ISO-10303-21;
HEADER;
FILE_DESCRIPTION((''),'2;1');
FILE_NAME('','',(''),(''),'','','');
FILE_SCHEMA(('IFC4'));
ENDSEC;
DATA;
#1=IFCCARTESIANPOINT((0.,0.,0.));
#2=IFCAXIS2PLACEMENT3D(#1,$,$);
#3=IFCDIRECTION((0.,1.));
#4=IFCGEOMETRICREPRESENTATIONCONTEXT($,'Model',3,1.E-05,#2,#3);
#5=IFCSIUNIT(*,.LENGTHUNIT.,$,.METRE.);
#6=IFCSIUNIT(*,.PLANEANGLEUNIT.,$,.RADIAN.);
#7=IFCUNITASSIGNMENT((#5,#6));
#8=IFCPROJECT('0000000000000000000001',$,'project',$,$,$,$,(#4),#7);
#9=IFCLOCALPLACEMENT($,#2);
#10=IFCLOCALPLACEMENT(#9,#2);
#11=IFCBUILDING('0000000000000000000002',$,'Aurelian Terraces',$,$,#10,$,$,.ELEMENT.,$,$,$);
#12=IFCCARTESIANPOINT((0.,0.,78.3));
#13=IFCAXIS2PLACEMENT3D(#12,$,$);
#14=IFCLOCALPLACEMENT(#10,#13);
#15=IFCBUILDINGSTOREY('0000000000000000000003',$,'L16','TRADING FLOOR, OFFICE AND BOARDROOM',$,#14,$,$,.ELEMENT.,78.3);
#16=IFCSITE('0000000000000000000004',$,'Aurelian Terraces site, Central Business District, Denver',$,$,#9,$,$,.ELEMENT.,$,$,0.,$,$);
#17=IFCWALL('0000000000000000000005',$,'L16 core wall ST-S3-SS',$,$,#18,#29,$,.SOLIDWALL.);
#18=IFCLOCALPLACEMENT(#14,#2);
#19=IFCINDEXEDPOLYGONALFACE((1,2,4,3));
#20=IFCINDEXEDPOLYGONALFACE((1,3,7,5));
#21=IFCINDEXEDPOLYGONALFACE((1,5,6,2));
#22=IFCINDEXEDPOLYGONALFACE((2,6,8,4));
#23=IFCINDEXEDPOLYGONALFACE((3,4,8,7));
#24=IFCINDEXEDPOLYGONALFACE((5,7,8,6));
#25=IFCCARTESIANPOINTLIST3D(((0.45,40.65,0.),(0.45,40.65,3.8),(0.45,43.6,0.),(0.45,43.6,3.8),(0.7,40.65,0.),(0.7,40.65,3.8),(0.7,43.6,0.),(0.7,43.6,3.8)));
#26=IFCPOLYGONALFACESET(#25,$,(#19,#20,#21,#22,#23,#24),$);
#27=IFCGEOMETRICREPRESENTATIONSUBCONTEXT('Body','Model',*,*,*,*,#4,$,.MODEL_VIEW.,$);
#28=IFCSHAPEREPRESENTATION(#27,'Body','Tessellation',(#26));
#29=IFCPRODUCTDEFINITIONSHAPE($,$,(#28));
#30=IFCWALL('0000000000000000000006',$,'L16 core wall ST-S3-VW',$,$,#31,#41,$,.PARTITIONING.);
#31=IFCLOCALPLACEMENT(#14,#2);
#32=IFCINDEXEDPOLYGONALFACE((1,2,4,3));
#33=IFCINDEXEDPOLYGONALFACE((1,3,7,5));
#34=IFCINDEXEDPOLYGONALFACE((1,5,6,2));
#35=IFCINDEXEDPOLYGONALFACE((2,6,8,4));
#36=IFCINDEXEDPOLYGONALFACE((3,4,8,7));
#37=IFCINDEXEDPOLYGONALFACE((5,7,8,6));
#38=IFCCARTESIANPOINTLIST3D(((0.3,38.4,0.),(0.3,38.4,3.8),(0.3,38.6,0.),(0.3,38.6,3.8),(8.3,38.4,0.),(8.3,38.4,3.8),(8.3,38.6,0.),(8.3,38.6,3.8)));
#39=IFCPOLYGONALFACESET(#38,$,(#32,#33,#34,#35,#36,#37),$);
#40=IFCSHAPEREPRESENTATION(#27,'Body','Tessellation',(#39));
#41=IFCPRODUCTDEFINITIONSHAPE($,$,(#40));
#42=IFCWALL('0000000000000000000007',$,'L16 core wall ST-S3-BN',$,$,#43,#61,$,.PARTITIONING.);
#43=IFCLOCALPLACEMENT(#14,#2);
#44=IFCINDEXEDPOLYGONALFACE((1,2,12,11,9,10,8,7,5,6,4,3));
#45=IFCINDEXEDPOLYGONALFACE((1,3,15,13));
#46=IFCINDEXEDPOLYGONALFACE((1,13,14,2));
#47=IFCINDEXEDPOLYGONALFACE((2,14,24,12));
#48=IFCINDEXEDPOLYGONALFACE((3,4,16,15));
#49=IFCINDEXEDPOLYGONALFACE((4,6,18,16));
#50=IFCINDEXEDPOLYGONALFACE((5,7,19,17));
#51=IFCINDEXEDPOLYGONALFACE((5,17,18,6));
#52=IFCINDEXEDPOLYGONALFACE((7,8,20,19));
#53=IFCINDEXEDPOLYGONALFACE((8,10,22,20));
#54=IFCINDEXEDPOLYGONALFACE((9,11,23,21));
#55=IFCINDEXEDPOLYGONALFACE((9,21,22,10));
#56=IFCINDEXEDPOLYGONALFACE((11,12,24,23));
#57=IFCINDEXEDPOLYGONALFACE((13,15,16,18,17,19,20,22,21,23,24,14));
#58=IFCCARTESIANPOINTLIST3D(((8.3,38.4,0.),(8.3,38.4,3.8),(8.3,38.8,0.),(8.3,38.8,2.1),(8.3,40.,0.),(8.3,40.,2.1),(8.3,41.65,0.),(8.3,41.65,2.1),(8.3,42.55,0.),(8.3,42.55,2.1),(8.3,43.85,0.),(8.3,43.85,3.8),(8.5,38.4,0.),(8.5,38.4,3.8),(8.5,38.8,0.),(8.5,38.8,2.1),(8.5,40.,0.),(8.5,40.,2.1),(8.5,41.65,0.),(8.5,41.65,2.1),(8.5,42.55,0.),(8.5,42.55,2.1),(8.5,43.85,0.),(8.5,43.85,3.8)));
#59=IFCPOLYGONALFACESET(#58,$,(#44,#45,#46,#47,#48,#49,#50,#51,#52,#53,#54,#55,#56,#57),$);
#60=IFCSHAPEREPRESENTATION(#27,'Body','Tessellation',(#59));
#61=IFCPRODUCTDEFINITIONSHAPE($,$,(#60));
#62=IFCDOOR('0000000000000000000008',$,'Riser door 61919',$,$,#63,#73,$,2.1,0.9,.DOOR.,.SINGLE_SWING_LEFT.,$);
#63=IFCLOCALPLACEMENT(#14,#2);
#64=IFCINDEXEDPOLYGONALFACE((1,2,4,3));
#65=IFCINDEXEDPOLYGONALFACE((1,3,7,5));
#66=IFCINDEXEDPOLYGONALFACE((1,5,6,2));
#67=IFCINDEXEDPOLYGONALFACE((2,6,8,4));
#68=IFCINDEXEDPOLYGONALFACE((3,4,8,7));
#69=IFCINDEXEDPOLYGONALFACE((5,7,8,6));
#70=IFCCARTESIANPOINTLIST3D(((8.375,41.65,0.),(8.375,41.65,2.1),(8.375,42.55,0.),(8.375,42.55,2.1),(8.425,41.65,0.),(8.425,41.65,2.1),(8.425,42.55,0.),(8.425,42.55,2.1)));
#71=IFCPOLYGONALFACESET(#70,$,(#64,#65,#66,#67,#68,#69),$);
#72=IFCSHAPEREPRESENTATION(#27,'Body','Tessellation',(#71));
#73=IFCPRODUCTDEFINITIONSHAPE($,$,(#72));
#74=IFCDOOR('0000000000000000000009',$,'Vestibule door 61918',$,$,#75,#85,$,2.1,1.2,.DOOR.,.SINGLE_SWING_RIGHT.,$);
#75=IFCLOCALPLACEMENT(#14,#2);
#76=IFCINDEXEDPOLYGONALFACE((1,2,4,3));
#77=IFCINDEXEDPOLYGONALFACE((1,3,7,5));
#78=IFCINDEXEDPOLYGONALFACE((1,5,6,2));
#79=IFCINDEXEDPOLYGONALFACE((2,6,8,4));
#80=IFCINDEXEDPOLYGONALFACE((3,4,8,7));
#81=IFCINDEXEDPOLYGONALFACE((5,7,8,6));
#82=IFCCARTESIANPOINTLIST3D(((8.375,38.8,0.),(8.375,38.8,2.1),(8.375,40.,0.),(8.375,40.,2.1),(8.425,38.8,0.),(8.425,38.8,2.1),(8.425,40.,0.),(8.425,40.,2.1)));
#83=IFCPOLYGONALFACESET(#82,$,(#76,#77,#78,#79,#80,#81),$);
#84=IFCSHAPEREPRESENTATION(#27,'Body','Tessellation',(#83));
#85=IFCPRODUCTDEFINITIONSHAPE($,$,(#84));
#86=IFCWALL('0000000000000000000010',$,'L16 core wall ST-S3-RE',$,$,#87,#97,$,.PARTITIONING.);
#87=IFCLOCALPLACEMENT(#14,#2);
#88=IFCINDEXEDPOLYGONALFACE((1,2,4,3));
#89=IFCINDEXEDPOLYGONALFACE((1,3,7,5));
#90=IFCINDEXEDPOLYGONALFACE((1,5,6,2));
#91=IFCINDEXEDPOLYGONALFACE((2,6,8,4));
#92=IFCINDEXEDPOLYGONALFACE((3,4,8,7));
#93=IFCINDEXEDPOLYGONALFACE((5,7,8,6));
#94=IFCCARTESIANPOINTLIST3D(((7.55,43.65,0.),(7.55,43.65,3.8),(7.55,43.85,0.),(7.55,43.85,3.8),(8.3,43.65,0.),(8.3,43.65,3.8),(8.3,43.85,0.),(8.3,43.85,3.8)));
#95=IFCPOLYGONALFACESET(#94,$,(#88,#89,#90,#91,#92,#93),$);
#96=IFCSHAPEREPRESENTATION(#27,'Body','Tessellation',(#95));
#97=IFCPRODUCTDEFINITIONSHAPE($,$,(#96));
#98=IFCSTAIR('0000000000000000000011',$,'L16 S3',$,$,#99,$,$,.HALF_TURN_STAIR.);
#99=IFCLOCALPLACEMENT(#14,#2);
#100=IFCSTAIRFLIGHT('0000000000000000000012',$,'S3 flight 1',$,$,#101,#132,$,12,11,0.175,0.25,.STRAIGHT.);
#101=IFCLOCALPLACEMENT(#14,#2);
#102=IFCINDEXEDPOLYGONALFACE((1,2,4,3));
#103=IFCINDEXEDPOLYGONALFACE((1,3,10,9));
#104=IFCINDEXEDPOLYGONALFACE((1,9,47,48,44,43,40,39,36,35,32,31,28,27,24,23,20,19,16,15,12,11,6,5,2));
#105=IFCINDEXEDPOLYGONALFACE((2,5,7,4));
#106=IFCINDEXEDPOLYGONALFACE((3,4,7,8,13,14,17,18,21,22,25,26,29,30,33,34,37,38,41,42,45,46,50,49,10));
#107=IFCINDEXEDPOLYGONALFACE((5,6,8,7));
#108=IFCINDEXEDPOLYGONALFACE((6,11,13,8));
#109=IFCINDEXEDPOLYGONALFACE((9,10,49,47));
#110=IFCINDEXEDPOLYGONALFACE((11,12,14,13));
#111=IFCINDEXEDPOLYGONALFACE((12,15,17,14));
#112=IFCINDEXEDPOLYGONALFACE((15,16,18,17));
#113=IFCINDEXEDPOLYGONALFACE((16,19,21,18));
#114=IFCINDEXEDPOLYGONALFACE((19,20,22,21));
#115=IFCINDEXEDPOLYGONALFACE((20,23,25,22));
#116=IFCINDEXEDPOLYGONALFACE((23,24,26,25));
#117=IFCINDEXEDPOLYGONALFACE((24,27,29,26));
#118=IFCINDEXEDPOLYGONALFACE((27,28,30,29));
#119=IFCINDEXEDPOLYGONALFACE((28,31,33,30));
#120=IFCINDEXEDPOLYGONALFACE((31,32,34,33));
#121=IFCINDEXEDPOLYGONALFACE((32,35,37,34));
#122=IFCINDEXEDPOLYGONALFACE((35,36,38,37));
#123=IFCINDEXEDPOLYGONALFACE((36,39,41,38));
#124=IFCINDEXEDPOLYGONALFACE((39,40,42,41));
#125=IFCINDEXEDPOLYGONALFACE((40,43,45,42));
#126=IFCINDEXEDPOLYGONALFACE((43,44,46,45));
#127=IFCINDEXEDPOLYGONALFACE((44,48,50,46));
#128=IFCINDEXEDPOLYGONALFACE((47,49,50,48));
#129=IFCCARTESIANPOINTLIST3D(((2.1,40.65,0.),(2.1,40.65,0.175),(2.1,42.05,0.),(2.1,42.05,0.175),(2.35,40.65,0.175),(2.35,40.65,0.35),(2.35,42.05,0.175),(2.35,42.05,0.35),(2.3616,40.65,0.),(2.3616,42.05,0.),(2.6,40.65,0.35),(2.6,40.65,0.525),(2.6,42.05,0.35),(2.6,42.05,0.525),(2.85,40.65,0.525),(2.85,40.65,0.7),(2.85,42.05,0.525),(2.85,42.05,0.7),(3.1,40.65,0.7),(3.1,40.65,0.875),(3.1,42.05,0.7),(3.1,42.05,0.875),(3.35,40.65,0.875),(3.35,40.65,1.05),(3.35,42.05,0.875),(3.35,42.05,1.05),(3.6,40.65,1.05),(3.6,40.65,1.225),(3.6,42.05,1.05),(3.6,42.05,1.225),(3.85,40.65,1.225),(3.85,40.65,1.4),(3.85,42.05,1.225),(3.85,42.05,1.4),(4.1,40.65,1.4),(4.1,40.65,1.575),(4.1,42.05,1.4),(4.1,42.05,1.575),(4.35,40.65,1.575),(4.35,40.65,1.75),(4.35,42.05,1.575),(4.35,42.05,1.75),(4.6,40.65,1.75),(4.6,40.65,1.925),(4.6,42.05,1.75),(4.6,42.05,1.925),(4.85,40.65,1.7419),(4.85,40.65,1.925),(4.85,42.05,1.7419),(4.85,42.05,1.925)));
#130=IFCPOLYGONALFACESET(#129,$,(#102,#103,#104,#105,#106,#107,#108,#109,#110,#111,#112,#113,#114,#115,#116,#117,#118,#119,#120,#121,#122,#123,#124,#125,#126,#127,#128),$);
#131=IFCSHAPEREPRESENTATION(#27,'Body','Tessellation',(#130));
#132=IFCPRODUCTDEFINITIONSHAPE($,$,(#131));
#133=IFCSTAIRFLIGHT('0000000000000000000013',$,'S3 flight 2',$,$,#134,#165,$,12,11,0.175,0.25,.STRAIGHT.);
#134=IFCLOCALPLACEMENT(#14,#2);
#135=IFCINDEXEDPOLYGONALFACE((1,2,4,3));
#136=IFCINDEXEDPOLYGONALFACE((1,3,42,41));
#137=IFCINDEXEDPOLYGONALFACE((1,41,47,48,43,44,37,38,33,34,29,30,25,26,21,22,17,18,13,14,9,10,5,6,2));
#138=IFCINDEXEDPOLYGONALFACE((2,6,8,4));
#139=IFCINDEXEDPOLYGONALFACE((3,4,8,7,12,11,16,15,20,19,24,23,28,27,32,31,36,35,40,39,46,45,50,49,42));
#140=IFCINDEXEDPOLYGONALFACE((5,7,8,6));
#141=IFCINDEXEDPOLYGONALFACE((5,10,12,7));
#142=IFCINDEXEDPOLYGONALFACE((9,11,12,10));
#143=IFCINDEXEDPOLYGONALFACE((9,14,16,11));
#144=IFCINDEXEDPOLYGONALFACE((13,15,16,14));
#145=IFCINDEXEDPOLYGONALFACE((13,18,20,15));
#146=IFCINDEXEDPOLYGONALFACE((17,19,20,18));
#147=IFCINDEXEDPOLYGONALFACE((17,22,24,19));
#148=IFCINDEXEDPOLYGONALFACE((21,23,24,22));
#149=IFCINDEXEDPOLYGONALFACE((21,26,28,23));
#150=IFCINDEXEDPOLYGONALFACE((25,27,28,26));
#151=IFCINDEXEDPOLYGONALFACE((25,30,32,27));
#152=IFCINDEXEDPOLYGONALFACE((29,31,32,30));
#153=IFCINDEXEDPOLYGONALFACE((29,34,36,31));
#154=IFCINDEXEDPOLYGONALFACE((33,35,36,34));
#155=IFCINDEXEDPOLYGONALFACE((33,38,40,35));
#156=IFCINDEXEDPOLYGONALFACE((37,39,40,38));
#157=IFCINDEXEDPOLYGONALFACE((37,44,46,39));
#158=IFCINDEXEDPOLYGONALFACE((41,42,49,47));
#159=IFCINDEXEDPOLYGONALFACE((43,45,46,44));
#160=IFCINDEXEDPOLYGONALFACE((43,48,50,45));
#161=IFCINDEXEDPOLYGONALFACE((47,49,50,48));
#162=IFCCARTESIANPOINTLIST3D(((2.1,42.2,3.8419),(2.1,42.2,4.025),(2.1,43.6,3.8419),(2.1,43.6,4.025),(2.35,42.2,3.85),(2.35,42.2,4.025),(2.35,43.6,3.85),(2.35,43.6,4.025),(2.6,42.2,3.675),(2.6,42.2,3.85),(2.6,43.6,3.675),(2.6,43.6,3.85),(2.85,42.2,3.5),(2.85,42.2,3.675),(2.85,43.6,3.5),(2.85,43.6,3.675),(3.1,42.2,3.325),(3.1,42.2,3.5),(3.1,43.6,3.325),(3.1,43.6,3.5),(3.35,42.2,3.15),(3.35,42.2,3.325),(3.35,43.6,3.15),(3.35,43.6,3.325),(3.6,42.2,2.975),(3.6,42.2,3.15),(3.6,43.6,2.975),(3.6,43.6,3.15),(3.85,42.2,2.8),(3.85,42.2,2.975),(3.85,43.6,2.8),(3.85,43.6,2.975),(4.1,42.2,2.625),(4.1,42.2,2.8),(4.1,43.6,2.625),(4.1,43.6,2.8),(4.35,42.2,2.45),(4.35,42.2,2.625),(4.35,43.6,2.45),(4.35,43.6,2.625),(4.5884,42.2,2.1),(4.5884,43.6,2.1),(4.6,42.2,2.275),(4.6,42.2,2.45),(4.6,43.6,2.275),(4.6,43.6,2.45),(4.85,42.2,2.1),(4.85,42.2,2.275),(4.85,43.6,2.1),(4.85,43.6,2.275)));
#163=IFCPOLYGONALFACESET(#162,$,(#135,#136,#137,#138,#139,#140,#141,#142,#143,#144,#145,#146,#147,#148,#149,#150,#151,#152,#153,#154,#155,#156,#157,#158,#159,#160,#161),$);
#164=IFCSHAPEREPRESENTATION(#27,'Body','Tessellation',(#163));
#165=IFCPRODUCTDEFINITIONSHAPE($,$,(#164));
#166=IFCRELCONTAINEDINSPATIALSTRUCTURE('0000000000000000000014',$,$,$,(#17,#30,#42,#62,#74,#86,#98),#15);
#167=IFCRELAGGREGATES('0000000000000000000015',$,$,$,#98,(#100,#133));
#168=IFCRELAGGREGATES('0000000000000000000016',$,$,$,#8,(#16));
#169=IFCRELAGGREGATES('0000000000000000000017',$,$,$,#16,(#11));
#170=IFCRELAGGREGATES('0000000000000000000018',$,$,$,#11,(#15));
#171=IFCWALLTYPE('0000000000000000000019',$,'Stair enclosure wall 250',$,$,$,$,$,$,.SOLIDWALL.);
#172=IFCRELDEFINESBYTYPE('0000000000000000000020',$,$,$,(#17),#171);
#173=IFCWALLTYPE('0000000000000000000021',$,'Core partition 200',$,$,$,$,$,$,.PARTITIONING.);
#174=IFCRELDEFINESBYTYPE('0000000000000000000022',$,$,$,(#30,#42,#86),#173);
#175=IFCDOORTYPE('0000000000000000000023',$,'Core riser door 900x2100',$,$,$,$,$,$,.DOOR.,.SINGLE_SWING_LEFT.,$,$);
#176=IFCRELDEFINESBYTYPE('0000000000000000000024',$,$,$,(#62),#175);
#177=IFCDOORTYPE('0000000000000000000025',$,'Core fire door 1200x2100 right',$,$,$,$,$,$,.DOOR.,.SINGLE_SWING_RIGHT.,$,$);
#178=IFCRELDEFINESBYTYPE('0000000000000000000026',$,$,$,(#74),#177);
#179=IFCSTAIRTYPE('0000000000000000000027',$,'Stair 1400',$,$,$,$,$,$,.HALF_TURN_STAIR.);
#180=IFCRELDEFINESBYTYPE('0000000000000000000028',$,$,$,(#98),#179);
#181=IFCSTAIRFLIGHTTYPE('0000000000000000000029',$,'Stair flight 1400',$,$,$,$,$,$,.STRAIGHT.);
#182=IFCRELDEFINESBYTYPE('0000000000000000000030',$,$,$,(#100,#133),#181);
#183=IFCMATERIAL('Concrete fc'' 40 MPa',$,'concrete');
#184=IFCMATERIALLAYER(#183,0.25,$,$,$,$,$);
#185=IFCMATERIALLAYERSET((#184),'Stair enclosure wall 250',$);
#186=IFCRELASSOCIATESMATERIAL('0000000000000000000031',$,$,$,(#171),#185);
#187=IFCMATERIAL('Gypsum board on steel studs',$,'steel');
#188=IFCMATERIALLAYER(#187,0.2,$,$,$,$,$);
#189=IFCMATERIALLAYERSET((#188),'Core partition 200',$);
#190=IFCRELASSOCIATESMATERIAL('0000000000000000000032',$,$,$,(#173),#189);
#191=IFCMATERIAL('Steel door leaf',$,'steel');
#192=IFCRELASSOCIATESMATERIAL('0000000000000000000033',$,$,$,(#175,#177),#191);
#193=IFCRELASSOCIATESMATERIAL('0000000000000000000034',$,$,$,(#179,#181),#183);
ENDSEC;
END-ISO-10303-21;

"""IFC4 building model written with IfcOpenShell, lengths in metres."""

from ifc_helpers import new_model, si_unit, direction, frame, frame_2d, origin, place, context, subcontext, project, spatial, polyline, rectangle, outline, extrude, source, transform, mapped, material, layer, layer_set, type_object, element, fill, aggregate, save


model = new_model("IFC4")

# Units and contexts
model_context = context("Model", 3, precision=1e-05, world=origin(), true_north=direction((0.0, 1.0)))
body_context = subcontext(model_context, "Body", "Model", "MODEL_VIEW")
ifc_project = project(units=[si_unit("LENGTHUNIT", "METRE"), si_unit("PLANEANGLEUNIT", "RADIAN")], contexts=[model_context])

# Site, building, storey
site_placement = place(None, origin())
site = spatial("IfcSite", under=ifc_project, at=site_placement, Name="Aurelian Terraces site, Central Business District, Denver", CompositionType="ELEMENT", RefElevation=0.0)
building_placement = place(site_placement, origin())
building = spatial("IfcBuilding", under=site, at=building_placement, Name="Aurelian Terraces", CompositionType="ELEMENT")
storey_placement = place(building_placement, frame((0.0, 0.0, 78.3)))
storey = spatial("IfcBuildingStorey", under=building, at=storey_placement, Name="L16", Description="TRADING FLOOR, OFFICE AND BOARDROOM", CompositionType="ELEMENT", Elevation=78.3)

# Shared definitions
ifc_material_1 = material(Name="Concrete fc' 40 MPa", Category="concrete")

# Shared definitions
ifc_layer_1 = layer(ifc_material_1, 0.25)
ifc_layer_set_1 = layer_set([ifc_layer_1], Name="Stair enclosure wall 250")
wall_type_1 = type_object("IfcWallType", Name="Stair enclosure wall 250", PredefinedType="SOLIDWALL", material=ifc_layer_set_1)
ifc_material_2 = material(Name="Steel door leaf", Category="steel")

# Walls
shared_shape_1 = source(origin(), body_context, "Body", "SweptSolid", [
    extrude(rectangle(XDim=2.95, YDim=0.25, at=frame_2d((1.475, 0.0))), origin(), (0.0, 0.0, 1.0), 3.8),
])
wall_1_placement = place(storey_placement, frame((0.575, 40.65, 0.0), z_axis=(0.0, 0.0, 1.0), x_axis=(0.0, 1.0, 0.0)))
element("IfcWall", 1, at=wall_1_placement, inside=storey, type_object=wall_type_1, Name="L16 core wall ST-S3-SS", PredefinedType="SOLIDWALL", context=body_context, shape_type="MappedRepresentation", body=[
    mapped(shared_shape_1, transform((0.0, 0.0, 0.0), scale=1.0)),
])
ifc_material_3 = material(Name="Gypsum board on steel studs", Category="steel")
ifc_layer_2 = layer(ifc_material_3, 0.2)
ifc_layer_set_2 = layer_set([ifc_layer_2], Name="Core partition 200")
wall_type_2 = type_object("IfcWallType", Name="Core partition 200", PredefinedType="PARTITIONING", material=ifc_layer_set_2)
shared_shape_2 = source(origin(), body_context, "Body", "SweptSolid", [
    extrude(rectangle(XDim=8.0, YDim=0.2, at=frame_2d((4.0, 0.0))), origin(), (0.0, 0.0, 1.0), 3.8),
])
wall_2_placement = place(storey_placement, frame((0.3, 38.5, 0.0), z_axis=(0.0, 0.0, 1.0), x_axis=(1.0, 0.0, 0.0)))
element("IfcWall", 2, at=wall_2_placement, inside=storey, type_object=wall_type_2, Name="L16 core wall ST-S3-VW", PredefinedType="PARTITIONING", context=body_context, shape_type="MappedRepresentation", body=[
    mapped(shared_shape_2, transform((0.0, 0.0, 0.0), scale=1.0)),
])

# Wall, openings, doors
shared_shape_3 = source(origin(), body_context, "Body", "SweptSolid", [
    extrude(rectangle(XDim=5.45, YDim=0.2, at=frame_2d((2.725, 0.0))), origin(), (0.0, 0.0, 1.0), 3.8),
])
wall_3_placement = place(storey_placement, frame((8.4, 38.4, 0.0), z_axis=(0.0, 0.0, 1.0), x_axis=(0.0, 1.0, 0.0)))
wall_3 = element("IfcWall", 3, at=wall_3_placement, inside=storey, type_object=wall_type_2, Name="L16 core wall ST-S3-BN", PredefinedType="PARTITIONING", context=body_context, shape_type="MappedRepresentation", body=[
    mapped(shared_shape_3, transform((0.0, 0.0, 0.0), scale=1.0)),
])
shared_shape_4 = source(origin(), body_context, "Body", "SweptSolid", [
    extrude(rectangle(XDim=1.2, YDim=2.1, at=frame_2d((0.6, 1.05))), frame((0.0, 0.11, 0.0), z_axis=(0.0, -1.0, 0.0), x_axis=(1.0, 0.0, 0.0)), (0.0, 0.0, 1.0), 0.22),
])
opening_1_placement = place(wall_3_placement, frame((0.4, 0.0, 0.0)))
opening_1 = element("IfcOpeningElement", 4, at=opening_1_placement, cuts=wall_3, PredefinedType="OPENING", context=body_context, shape_type="MappedRepresentation", body=[
    mapped(shared_shape_4, transform((0.0, 0.0, 0.0), scale=1.0)),
])
shared_shape_5 = source(origin(), body_context, "Body", "SweptSolid", [
    extrude(rectangle(XDim=0.9, YDim=2.1, at=frame_2d((0.45, 1.05))), frame((0.0, 0.11, 0.0), z_axis=(0.0, -1.0, 0.0), x_axis=(1.0, 0.0, 0.0)), (0.0, 0.0, 1.0), 0.22),
])
opening_2_placement = place(wall_3_placement, frame((3.25, 0.0, 0.0)))
opening_2 = element("IfcOpeningElement", 5, at=opening_2_placement, cuts=wall_3, PredefinedType="OPENING", context=body_context, shape_type="MappedRepresentation", body=[
    mapped(shared_shape_5, transform((0.0, 0.0, 0.0), scale=1.0)),
])
door_type_1 = type_object("IfcDoorType", Name="Core riser door 900x2100", OperationType="SINGLE_SWING_LEFT", PredefinedType="DOOR", material=ifc_material_2)
shared_shape_6 = source(origin(), body_context, "Body", "SweptSolid", [
    extrude(rectangle(XDim=0.9, YDim=2.1, at=frame_2d((0.45, 1.05))), frame((0.0, 0.025, 0.0), z_axis=(0.0, -1.0, 0.0), x_axis=(1.0, 0.0, 0.0)), (0.0, 0.0, 1.0), 0.05),
])
door_1_placement = place(opening_2_placement, origin())
door_1 = element("IfcDoor", 6, at=door_1_placement, inside=storey, type_object=door_type_1, Name="Riser door 61919", OperationType="SINGLE_SWING_LEFT", OverallHeight=2.1, OverallWidth=0.9, PredefinedType="DOOR", context=body_context, shape_type="MappedRepresentation", body=[
    mapped(shared_shape_6, transform((0.0, 0.0, 0.0), scale=1.0)),
])
fill(opening_2, door_1)
door_type_2 = type_object("IfcDoorType", Name="Core fire door 1200x2100 right", OperationType="SINGLE_SWING_RIGHT", PredefinedType="DOOR", material=ifc_material_2)
shared_shape_7 = source(origin(), body_context, "Body", "SweptSolid", [
    extrude(rectangle(XDim=1.2, YDim=2.1, at=frame_2d((0.6, 1.05))), frame((0.0, 0.025, 0.0), z_axis=(0.0, -1.0, 0.0), x_axis=(1.0, 0.0, 0.0)), (0.0, 0.0, 1.0), 0.05),
])
door_2_placement = place(opening_1_placement, origin())
door_2 = element("IfcDoor", 7, at=door_2_placement, inside=storey, type_object=door_type_2, Name="Vestibule door 61918", OperationType="SINGLE_SWING_RIGHT", OverallHeight=2.1, OverallWidth=1.2, PredefinedType="DOOR", context=body_context, shape_type="MappedRepresentation", body=[
    mapped(shared_shape_7, transform((0.0, 0.0, 0.0), scale=1.0)),
])
fill(opening_1, door_2)

# Wall
shared_shape_8 = source(origin(), body_context, "Body", "SweptSolid", [
    extrude(rectangle(XDim=0.75, YDim=0.2, at=frame_2d((0.375, 0.0))), origin(), (0.0, 0.0, 1.0), 3.8),
])
wall_4_placement = place(storey_placement, frame((7.55, 43.75, 0.0), z_axis=(0.0, 0.0, 1.0), x_axis=(1.0, 0.0, 0.0)))
element("IfcWall", 8, at=wall_4_placement, inside=storey, type_object=wall_type_2, Name="L16 core wall ST-S3-RE", PredefinedType="PARTITIONING", context=body_context, shape_type="MappedRepresentation", body=[
    mapped(shared_shape_8, transform((0.0, 0.0, 0.0), scale=1.0)),
])

# Stair, stair flights
stair_type = type_object("IfcStairType", Name="Stair 1400", PredefinedType="HALF_TURN_STAIR", material=ifc_material_1)
stair_placement = place(storey_placement, origin())
stair = element("IfcStair", 9, at=stair_placement, inside=storey, type_object=stair_type, Name="L16 S3", PredefinedType="HALF_TURN_STAIR")
stair_flight_type = type_object("IfcStairFlightType", Name="Stair flight 1400", PredefinedType="STRAIGHT", material=ifc_material_1)
shared_shape_9 = source(origin(), body_context, "Body", "SweptSolid", [
    extrude(outline(polyline([(0.0, 0.0), (0.0, 0.175), (0.25, 0.175), (0.25, 0.35), (0.5, 0.35), (0.5, 0.525), (0.75, 0.525), (0.75, 0.7), (1.0, 0.7), (1.0, 0.875), (1.25, 0.875), (1.25, 1.05), (1.5, 1.05), (1.5, 1.225), (1.75, 1.225), (1.75, 1.4), (2.0, 1.4), (2.0, 1.575), (2.25, 1.575), (2.25, 1.75), (2.5, 1.75), (2.5, 1.925), (2.75, 1.925), (2.75, 2.1), (2.75, 1.7419), (0.2616, 0.0), (0.0, 0.0)])), frame((0.0, 0.7, 0.0), z_axis=(0.0, -1.0, 0.0), x_axis=(1.0, 0.0, 0.0)), (0.0, 0.0, 1.0), 1.4),
])
stair_flight_1_placement = place(storey_placement, frame((2.1, 41.35, 0.0), z_axis=(0.0, 0.0, 1.0), x_axis=(1.0, 0.0, 0.0)))
stair_flight_1 = element("IfcStairFlight", 10, at=stair_flight_1_placement, type_object=stair_flight_type, Name="S3 flight 1", NumberOfRisers=12, NumberOfTreads=11, PredefinedType="STRAIGHT", RiserHeight=0.175, TreadLength=0.25, context=body_context, shape_type="MappedRepresentation", body=[
    mapped(shared_shape_9, transform((0.0, 0.0, 0.0), scale=1.0)),
])
stair_flight_2_placement = place(storey_placement, frame((4.85, 42.9, 2.1), z_axis=(0.0, 0.0, 1.0), x_axis=(-1.0, 0.0, 0.0)))
stair_flight_2 = element("IfcStairFlight", 11, at=stair_flight_2_placement, type_object=stair_flight_type, Name="S3 flight 2", NumberOfRisers=12, NumberOfTreads=11, PredefinedType="STRAIGHT", RiserHeight=0.175, TreadLength=0.25, context=body_context, shape_type="MappedRepresentation", body=[
    mapped(shared_shape_9, transform((0.0, 0.0, 0.0), scale=1.0)),
])
aggregate(stair, [stair_flight_1, stair_flight_2])

save(model, "model.ifc")
